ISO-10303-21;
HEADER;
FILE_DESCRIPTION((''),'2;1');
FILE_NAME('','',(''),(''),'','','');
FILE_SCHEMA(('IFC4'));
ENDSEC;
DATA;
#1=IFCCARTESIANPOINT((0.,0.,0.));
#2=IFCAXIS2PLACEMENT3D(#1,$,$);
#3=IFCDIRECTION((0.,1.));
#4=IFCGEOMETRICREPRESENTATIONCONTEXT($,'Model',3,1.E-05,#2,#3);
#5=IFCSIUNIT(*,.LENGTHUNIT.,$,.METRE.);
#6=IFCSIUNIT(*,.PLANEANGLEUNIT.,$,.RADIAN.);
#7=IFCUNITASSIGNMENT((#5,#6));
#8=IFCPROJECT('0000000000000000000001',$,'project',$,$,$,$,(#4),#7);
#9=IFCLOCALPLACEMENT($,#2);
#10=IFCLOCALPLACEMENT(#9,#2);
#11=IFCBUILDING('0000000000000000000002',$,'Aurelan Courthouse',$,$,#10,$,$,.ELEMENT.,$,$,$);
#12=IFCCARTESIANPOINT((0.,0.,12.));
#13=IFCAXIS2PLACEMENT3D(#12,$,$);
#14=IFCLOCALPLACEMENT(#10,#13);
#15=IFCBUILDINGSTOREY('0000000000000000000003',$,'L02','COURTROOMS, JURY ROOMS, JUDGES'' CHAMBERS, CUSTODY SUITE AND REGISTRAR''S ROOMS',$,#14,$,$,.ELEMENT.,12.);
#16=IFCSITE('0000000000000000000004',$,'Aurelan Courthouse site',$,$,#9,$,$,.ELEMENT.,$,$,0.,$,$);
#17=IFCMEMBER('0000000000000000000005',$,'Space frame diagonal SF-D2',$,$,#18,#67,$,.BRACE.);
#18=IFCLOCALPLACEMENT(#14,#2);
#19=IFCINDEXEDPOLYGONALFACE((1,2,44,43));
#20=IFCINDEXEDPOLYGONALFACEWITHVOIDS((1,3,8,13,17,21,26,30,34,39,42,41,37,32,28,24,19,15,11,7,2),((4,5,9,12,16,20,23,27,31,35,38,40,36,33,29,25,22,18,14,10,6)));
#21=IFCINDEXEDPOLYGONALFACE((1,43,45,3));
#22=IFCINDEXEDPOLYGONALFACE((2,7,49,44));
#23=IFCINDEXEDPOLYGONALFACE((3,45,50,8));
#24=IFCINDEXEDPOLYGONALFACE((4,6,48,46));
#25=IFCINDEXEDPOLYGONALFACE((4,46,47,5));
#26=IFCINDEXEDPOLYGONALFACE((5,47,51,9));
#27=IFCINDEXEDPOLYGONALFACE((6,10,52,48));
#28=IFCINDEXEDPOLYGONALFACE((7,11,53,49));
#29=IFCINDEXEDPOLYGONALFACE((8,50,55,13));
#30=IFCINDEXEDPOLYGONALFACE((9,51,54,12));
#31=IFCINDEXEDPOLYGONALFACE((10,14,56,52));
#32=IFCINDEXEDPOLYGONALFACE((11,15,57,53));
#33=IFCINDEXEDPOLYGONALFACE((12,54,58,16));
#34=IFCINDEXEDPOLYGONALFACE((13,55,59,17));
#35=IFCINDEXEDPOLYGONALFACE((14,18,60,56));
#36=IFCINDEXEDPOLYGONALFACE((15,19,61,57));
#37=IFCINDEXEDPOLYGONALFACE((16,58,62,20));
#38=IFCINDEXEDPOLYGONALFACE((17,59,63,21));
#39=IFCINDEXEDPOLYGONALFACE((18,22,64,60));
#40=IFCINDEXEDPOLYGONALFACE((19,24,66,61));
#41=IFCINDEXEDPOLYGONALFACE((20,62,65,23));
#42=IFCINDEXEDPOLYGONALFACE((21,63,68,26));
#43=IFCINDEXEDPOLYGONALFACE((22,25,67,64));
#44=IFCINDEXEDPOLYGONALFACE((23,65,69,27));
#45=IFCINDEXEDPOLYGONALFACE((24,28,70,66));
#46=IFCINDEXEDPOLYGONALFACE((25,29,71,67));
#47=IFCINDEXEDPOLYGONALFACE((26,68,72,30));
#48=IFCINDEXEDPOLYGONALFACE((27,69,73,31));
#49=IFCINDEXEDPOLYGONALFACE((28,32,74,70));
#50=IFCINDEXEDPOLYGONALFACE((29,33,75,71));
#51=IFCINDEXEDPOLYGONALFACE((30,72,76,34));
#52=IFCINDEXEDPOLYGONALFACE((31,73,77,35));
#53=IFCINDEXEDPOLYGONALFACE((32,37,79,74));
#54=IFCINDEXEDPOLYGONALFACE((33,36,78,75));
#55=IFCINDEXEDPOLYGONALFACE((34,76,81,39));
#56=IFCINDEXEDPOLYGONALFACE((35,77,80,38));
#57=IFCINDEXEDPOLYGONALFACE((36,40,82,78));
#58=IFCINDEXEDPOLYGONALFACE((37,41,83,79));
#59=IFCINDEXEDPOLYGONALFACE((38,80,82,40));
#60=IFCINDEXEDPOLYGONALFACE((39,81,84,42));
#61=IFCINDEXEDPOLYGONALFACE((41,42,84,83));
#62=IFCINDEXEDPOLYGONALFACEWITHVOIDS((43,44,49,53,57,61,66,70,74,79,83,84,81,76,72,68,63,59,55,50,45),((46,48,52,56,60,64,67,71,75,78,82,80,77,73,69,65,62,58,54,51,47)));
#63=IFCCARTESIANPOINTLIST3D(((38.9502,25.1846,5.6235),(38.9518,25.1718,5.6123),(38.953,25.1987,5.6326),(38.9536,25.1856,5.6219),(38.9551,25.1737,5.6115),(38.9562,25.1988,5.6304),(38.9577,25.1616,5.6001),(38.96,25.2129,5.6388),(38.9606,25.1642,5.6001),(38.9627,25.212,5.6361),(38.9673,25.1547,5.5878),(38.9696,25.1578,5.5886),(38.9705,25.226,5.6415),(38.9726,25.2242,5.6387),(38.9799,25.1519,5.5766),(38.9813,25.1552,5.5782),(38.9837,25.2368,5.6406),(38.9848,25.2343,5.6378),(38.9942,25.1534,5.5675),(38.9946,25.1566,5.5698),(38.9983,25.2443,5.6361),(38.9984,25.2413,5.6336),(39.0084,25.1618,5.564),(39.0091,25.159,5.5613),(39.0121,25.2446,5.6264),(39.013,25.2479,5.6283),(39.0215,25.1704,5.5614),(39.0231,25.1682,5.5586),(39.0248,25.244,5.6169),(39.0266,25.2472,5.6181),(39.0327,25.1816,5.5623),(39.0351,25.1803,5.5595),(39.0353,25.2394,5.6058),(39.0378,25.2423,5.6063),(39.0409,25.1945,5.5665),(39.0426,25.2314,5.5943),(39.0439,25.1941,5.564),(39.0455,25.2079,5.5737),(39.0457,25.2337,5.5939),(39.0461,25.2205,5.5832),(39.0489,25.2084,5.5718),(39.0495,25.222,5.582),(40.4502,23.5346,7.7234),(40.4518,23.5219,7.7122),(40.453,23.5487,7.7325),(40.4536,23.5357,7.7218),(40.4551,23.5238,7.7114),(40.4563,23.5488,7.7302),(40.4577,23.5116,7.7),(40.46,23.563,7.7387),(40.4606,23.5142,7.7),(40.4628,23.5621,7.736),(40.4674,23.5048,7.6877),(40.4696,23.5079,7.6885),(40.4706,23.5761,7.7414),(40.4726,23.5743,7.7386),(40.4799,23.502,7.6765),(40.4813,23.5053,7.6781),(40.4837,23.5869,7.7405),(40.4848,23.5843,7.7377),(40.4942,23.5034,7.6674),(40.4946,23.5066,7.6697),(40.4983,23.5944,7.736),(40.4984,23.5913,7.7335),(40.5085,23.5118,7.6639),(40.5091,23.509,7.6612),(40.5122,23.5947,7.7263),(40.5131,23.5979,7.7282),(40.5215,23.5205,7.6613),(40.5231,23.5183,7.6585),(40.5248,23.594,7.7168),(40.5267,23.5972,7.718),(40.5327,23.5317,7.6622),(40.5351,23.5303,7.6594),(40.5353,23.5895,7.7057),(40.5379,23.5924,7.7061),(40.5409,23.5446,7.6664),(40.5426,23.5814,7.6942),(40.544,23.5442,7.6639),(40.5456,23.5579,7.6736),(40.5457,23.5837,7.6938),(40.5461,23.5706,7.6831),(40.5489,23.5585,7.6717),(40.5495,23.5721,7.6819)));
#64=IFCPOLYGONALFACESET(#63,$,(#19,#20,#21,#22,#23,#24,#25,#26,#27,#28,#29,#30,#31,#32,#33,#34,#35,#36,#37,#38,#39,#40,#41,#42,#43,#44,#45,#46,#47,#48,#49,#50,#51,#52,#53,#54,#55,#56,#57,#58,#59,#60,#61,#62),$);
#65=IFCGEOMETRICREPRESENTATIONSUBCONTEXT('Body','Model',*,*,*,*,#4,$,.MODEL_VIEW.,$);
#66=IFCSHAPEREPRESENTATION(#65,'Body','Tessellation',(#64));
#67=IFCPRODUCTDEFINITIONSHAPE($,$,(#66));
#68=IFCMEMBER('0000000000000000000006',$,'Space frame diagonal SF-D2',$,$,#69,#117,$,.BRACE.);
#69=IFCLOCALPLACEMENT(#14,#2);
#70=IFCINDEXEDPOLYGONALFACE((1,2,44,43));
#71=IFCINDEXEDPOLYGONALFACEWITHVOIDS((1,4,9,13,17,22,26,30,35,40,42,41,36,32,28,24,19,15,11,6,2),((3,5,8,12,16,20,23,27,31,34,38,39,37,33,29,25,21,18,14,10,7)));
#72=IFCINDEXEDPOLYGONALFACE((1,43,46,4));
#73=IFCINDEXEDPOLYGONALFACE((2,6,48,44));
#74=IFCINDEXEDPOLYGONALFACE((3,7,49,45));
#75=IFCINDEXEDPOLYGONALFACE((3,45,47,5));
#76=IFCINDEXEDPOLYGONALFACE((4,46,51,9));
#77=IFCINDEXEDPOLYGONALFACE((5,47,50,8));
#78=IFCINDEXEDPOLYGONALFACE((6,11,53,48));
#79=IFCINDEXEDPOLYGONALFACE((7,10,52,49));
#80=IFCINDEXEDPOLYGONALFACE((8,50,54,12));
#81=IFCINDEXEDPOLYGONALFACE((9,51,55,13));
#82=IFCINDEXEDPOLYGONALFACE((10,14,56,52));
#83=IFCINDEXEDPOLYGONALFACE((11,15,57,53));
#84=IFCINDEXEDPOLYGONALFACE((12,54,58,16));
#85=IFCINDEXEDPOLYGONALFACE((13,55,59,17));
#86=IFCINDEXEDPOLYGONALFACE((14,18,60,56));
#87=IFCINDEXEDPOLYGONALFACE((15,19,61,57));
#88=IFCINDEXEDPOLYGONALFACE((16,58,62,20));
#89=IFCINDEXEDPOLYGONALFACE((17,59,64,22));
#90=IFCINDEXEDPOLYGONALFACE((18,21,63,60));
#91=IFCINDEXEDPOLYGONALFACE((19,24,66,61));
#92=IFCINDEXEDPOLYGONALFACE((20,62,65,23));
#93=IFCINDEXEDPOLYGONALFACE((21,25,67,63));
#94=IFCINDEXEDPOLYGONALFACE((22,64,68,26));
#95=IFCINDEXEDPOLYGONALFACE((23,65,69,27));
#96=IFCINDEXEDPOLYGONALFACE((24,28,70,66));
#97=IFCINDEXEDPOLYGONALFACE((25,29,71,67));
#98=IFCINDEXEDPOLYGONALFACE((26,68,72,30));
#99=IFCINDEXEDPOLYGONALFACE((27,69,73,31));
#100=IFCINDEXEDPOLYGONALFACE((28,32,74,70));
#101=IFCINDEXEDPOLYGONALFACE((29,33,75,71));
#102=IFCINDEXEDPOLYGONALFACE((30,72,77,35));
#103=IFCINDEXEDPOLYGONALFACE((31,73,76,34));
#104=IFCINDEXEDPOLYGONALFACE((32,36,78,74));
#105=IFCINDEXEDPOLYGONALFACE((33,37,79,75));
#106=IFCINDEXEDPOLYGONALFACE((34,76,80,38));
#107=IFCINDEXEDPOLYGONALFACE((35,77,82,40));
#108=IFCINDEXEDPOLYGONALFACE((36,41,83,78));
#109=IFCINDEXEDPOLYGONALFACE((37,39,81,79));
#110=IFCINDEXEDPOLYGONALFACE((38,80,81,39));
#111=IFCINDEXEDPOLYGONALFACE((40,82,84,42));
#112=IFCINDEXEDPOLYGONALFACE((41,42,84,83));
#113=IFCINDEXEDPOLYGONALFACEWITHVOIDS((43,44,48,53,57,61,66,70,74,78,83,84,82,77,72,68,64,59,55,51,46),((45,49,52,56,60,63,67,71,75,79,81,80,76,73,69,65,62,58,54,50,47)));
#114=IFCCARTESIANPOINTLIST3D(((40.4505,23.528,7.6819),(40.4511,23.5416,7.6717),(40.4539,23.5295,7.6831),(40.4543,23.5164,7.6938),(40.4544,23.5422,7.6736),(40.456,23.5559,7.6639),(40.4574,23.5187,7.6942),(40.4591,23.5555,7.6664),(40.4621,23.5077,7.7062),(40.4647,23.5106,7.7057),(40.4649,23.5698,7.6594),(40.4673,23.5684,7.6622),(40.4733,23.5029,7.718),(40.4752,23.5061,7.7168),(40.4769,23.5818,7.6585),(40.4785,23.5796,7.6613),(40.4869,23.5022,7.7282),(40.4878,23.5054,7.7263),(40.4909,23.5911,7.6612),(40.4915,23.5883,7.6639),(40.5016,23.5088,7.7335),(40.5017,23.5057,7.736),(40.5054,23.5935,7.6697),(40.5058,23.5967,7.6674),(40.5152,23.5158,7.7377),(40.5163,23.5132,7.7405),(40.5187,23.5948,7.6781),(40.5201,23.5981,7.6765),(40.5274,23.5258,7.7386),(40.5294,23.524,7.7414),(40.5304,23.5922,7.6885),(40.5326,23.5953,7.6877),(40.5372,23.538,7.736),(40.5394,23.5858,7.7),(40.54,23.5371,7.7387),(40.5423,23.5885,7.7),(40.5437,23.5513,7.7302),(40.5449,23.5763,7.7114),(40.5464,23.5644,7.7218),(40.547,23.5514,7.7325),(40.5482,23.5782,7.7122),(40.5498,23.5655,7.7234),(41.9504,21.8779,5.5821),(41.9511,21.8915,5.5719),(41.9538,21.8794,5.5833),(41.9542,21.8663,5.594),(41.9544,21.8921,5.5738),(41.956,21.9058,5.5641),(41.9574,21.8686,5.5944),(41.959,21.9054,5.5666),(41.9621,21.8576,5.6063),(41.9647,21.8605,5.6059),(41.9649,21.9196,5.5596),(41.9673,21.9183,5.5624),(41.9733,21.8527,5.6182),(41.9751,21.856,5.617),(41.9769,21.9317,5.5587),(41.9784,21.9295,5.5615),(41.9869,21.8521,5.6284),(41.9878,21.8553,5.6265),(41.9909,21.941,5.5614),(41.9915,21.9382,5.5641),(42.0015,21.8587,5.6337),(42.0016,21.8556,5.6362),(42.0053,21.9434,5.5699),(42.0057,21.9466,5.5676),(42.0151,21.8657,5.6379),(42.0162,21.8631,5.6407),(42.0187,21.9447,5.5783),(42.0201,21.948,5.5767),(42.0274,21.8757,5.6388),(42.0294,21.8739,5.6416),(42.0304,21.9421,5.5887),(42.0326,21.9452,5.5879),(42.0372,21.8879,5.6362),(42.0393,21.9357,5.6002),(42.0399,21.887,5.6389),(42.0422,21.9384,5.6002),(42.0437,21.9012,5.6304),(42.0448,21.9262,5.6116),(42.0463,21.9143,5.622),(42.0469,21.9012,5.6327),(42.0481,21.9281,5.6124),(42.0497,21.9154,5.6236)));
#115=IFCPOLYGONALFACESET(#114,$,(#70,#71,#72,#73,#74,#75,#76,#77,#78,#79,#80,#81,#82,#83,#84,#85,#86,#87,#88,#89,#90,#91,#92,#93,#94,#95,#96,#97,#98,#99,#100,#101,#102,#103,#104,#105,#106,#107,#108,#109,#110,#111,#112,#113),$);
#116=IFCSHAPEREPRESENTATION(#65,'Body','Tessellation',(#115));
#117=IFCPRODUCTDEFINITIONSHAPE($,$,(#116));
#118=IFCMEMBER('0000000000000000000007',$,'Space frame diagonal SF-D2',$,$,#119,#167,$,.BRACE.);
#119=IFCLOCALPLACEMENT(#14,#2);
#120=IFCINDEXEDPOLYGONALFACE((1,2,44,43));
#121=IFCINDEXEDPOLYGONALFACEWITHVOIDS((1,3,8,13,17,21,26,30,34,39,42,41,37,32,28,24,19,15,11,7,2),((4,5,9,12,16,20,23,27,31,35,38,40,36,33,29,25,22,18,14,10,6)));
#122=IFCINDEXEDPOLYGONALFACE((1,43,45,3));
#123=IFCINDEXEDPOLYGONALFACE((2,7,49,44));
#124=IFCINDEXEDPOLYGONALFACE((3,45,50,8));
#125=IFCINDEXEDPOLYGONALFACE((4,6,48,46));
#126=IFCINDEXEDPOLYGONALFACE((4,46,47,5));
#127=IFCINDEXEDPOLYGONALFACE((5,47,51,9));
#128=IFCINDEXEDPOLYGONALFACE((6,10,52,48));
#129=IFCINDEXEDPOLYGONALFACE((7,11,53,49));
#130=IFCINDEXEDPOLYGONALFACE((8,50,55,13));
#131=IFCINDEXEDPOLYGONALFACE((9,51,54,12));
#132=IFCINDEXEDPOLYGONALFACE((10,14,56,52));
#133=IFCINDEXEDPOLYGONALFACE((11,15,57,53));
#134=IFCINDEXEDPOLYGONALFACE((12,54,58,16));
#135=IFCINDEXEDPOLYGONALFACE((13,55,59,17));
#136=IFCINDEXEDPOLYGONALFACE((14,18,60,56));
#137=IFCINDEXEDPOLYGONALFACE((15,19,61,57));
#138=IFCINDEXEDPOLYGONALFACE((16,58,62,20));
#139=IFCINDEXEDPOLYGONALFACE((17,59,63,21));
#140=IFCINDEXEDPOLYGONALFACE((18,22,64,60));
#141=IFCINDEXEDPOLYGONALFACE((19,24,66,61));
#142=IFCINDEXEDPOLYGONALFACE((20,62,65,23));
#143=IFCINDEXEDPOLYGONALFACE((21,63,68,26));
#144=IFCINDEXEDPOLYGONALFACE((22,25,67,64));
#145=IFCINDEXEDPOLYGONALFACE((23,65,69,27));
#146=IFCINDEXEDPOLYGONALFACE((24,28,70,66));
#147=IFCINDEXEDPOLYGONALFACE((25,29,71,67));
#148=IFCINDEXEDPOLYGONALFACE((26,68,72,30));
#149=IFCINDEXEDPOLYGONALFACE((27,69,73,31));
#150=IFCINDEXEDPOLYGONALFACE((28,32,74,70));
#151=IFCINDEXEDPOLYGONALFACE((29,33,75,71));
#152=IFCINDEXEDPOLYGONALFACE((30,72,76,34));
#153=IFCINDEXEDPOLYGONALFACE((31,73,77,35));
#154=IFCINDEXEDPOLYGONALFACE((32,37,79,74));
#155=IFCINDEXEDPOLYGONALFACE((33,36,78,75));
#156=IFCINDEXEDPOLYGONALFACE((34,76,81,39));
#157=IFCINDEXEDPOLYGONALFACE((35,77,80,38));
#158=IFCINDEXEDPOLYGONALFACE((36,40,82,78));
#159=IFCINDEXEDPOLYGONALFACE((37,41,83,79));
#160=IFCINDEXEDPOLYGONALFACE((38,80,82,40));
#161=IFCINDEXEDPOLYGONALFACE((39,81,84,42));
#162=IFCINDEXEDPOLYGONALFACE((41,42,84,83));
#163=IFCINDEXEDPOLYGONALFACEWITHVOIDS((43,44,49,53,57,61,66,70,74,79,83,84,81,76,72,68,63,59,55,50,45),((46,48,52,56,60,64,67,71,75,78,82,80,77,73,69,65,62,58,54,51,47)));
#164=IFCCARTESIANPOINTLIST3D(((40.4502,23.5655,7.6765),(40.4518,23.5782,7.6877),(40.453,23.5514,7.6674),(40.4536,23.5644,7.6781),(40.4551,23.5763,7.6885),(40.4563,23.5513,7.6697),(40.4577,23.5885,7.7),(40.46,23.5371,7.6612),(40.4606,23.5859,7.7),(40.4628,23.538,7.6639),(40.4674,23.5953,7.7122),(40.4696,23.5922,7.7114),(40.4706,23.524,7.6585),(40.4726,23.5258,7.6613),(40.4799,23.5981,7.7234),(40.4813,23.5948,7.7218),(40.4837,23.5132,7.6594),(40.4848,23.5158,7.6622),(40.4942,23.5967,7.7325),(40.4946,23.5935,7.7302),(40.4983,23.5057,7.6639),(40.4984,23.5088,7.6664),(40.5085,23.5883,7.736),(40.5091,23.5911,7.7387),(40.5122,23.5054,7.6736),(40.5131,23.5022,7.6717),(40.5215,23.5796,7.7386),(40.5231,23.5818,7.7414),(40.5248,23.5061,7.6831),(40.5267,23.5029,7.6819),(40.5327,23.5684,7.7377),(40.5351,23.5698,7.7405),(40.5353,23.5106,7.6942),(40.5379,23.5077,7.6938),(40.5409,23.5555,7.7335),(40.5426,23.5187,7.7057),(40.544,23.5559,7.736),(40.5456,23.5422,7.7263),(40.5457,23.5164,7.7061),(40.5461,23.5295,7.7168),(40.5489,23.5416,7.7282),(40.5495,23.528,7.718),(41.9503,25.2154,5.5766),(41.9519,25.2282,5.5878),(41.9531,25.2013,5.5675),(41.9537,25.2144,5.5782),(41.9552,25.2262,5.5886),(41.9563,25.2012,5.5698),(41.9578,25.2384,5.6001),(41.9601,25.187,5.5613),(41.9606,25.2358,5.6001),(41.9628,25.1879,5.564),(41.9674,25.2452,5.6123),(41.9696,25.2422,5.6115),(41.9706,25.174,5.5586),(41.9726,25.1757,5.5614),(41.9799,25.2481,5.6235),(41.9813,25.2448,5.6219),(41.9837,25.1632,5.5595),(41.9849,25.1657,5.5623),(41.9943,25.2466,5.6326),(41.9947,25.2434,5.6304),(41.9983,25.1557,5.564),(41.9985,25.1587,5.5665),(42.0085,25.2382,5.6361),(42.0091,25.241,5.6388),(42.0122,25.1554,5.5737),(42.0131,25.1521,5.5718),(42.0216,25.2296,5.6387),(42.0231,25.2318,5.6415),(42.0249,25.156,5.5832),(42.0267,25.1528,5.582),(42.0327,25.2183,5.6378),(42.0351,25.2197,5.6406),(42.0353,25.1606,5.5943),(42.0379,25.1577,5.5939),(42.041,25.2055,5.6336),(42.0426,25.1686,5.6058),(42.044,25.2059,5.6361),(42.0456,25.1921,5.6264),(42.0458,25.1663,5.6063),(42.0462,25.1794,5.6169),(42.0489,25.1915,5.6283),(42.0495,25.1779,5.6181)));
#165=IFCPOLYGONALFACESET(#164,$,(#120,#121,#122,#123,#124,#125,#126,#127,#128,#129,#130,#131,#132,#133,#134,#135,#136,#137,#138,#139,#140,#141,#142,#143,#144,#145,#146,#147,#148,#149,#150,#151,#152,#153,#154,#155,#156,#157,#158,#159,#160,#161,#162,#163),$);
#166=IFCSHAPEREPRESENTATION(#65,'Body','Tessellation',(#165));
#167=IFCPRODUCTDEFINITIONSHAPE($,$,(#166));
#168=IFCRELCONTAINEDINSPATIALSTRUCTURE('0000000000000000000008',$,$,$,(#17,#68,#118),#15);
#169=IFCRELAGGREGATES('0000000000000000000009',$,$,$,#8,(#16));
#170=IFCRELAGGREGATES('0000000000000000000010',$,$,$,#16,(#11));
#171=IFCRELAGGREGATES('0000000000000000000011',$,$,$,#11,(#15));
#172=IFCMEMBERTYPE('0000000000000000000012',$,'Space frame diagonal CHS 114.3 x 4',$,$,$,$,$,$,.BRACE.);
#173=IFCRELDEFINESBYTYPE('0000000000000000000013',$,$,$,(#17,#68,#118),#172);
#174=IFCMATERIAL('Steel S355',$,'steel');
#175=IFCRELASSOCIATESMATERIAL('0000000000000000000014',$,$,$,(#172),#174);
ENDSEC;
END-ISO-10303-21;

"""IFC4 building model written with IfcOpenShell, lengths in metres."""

from ifc_helpers import new_model, si_unit, direction, frame, origin, origin_2d, place, context, subcontext, project, spatial, hollow_circle, extrude, material, material_profile, profile_set, type_object, element, save


model = new_model("IFC4")

# Units and contexts
model_context = context("Model", 3, precision=1e-05, world=origin(), true_north=direction((0.0, 1.0)))
body_context = subcontext(model_context, "Body", "Model", "MODEL_VIEW")
ifc_project = project(units=[si_unit("LENGTHUNIT", "METRE"), si_unit("PLANEANGLEUNIT", "RADIAN")], contexts=[model_context])

# Site, building, storey
site_placement = place(None, origin())
site = spatial("IfcSite", under=ifc_project, at=site_placement, Name="Aurelan Courthouse site", CompositionType="ELEMENT", RefElevation=0.0)
building_placement = place(site_placement, origin())
building = spatial("IfcBuilding", under=site, at=building_placement, Name="Aurelan Courthouse", CompositionType="ELEMENT")
storey_placement = place(building_placement, frame((0.0, 0.0, 12.0)))
storey = spatial("IfcBuildingStorey", under=building, at=storey_placement, Name="L02", Description="COURTROOMS, JURY ROOMS, JUDGES' CHAMBERS, CUSTODY SUITE AND REGISTRAR'S ROOMS", CompositionType="ELEMENT", Elevation=12.0)

# Members
ifc_material_1 = material(Name="Steel S355", Category="steel")
ifc_material_profile_1 = material_profile(ifc_material_1, hollow_circle(Radius=0.0571, WallThickness=0.0039, at=origin_2d()), Name="CHS 114.3 x 4")
ifc_profile_set_1 = profile_set([ifc_material_profile_1], Name="Steel S355")
member_type_1 = type_object("IfcMemberType", Name="Space frame diagonal CHS 114.3 x 4", PredefinedType="BRACE", material=ifc_profile_set_1)
for number, where, z_axis, x_axis, name in (
    (1, (40.5, 23.55, 7.7), (-0.489727, 0.538667, -0.685569), (-0.73992, -0.672695, 0.0), "Space frame diagonal SF-D2"),
    (2, (40.5, 23.55, 7.7), (0.489706, -0.538724, -0.68554), (0.73997, 0.67264, 0.0), "Space frame diagonal SF-D2"),
    (3, (40.5, 23.55, 7.7), (0.489727, 0.538667, -0.685569), (-0.73992, 0.672695, 0.0), "Space frame diagonal SF-D2"),
):
    element("IfcMember", number, at=place(storey_placement, frame(where, z_axis=z_axis, x_axis=x_axis)), inside=storey, type_object=member_type_1, Name=name, PredefinedType="BRACE", context=body_context, shape_type="SweptSolid", body=[
        extrude(hollow_circle(Radius=0.0571, WallThickness=0.0039, at=origin_2d()), origin(), (0.0, 0.0, 1.0), 3.063),
    ])

save(model, "model.ifc")
